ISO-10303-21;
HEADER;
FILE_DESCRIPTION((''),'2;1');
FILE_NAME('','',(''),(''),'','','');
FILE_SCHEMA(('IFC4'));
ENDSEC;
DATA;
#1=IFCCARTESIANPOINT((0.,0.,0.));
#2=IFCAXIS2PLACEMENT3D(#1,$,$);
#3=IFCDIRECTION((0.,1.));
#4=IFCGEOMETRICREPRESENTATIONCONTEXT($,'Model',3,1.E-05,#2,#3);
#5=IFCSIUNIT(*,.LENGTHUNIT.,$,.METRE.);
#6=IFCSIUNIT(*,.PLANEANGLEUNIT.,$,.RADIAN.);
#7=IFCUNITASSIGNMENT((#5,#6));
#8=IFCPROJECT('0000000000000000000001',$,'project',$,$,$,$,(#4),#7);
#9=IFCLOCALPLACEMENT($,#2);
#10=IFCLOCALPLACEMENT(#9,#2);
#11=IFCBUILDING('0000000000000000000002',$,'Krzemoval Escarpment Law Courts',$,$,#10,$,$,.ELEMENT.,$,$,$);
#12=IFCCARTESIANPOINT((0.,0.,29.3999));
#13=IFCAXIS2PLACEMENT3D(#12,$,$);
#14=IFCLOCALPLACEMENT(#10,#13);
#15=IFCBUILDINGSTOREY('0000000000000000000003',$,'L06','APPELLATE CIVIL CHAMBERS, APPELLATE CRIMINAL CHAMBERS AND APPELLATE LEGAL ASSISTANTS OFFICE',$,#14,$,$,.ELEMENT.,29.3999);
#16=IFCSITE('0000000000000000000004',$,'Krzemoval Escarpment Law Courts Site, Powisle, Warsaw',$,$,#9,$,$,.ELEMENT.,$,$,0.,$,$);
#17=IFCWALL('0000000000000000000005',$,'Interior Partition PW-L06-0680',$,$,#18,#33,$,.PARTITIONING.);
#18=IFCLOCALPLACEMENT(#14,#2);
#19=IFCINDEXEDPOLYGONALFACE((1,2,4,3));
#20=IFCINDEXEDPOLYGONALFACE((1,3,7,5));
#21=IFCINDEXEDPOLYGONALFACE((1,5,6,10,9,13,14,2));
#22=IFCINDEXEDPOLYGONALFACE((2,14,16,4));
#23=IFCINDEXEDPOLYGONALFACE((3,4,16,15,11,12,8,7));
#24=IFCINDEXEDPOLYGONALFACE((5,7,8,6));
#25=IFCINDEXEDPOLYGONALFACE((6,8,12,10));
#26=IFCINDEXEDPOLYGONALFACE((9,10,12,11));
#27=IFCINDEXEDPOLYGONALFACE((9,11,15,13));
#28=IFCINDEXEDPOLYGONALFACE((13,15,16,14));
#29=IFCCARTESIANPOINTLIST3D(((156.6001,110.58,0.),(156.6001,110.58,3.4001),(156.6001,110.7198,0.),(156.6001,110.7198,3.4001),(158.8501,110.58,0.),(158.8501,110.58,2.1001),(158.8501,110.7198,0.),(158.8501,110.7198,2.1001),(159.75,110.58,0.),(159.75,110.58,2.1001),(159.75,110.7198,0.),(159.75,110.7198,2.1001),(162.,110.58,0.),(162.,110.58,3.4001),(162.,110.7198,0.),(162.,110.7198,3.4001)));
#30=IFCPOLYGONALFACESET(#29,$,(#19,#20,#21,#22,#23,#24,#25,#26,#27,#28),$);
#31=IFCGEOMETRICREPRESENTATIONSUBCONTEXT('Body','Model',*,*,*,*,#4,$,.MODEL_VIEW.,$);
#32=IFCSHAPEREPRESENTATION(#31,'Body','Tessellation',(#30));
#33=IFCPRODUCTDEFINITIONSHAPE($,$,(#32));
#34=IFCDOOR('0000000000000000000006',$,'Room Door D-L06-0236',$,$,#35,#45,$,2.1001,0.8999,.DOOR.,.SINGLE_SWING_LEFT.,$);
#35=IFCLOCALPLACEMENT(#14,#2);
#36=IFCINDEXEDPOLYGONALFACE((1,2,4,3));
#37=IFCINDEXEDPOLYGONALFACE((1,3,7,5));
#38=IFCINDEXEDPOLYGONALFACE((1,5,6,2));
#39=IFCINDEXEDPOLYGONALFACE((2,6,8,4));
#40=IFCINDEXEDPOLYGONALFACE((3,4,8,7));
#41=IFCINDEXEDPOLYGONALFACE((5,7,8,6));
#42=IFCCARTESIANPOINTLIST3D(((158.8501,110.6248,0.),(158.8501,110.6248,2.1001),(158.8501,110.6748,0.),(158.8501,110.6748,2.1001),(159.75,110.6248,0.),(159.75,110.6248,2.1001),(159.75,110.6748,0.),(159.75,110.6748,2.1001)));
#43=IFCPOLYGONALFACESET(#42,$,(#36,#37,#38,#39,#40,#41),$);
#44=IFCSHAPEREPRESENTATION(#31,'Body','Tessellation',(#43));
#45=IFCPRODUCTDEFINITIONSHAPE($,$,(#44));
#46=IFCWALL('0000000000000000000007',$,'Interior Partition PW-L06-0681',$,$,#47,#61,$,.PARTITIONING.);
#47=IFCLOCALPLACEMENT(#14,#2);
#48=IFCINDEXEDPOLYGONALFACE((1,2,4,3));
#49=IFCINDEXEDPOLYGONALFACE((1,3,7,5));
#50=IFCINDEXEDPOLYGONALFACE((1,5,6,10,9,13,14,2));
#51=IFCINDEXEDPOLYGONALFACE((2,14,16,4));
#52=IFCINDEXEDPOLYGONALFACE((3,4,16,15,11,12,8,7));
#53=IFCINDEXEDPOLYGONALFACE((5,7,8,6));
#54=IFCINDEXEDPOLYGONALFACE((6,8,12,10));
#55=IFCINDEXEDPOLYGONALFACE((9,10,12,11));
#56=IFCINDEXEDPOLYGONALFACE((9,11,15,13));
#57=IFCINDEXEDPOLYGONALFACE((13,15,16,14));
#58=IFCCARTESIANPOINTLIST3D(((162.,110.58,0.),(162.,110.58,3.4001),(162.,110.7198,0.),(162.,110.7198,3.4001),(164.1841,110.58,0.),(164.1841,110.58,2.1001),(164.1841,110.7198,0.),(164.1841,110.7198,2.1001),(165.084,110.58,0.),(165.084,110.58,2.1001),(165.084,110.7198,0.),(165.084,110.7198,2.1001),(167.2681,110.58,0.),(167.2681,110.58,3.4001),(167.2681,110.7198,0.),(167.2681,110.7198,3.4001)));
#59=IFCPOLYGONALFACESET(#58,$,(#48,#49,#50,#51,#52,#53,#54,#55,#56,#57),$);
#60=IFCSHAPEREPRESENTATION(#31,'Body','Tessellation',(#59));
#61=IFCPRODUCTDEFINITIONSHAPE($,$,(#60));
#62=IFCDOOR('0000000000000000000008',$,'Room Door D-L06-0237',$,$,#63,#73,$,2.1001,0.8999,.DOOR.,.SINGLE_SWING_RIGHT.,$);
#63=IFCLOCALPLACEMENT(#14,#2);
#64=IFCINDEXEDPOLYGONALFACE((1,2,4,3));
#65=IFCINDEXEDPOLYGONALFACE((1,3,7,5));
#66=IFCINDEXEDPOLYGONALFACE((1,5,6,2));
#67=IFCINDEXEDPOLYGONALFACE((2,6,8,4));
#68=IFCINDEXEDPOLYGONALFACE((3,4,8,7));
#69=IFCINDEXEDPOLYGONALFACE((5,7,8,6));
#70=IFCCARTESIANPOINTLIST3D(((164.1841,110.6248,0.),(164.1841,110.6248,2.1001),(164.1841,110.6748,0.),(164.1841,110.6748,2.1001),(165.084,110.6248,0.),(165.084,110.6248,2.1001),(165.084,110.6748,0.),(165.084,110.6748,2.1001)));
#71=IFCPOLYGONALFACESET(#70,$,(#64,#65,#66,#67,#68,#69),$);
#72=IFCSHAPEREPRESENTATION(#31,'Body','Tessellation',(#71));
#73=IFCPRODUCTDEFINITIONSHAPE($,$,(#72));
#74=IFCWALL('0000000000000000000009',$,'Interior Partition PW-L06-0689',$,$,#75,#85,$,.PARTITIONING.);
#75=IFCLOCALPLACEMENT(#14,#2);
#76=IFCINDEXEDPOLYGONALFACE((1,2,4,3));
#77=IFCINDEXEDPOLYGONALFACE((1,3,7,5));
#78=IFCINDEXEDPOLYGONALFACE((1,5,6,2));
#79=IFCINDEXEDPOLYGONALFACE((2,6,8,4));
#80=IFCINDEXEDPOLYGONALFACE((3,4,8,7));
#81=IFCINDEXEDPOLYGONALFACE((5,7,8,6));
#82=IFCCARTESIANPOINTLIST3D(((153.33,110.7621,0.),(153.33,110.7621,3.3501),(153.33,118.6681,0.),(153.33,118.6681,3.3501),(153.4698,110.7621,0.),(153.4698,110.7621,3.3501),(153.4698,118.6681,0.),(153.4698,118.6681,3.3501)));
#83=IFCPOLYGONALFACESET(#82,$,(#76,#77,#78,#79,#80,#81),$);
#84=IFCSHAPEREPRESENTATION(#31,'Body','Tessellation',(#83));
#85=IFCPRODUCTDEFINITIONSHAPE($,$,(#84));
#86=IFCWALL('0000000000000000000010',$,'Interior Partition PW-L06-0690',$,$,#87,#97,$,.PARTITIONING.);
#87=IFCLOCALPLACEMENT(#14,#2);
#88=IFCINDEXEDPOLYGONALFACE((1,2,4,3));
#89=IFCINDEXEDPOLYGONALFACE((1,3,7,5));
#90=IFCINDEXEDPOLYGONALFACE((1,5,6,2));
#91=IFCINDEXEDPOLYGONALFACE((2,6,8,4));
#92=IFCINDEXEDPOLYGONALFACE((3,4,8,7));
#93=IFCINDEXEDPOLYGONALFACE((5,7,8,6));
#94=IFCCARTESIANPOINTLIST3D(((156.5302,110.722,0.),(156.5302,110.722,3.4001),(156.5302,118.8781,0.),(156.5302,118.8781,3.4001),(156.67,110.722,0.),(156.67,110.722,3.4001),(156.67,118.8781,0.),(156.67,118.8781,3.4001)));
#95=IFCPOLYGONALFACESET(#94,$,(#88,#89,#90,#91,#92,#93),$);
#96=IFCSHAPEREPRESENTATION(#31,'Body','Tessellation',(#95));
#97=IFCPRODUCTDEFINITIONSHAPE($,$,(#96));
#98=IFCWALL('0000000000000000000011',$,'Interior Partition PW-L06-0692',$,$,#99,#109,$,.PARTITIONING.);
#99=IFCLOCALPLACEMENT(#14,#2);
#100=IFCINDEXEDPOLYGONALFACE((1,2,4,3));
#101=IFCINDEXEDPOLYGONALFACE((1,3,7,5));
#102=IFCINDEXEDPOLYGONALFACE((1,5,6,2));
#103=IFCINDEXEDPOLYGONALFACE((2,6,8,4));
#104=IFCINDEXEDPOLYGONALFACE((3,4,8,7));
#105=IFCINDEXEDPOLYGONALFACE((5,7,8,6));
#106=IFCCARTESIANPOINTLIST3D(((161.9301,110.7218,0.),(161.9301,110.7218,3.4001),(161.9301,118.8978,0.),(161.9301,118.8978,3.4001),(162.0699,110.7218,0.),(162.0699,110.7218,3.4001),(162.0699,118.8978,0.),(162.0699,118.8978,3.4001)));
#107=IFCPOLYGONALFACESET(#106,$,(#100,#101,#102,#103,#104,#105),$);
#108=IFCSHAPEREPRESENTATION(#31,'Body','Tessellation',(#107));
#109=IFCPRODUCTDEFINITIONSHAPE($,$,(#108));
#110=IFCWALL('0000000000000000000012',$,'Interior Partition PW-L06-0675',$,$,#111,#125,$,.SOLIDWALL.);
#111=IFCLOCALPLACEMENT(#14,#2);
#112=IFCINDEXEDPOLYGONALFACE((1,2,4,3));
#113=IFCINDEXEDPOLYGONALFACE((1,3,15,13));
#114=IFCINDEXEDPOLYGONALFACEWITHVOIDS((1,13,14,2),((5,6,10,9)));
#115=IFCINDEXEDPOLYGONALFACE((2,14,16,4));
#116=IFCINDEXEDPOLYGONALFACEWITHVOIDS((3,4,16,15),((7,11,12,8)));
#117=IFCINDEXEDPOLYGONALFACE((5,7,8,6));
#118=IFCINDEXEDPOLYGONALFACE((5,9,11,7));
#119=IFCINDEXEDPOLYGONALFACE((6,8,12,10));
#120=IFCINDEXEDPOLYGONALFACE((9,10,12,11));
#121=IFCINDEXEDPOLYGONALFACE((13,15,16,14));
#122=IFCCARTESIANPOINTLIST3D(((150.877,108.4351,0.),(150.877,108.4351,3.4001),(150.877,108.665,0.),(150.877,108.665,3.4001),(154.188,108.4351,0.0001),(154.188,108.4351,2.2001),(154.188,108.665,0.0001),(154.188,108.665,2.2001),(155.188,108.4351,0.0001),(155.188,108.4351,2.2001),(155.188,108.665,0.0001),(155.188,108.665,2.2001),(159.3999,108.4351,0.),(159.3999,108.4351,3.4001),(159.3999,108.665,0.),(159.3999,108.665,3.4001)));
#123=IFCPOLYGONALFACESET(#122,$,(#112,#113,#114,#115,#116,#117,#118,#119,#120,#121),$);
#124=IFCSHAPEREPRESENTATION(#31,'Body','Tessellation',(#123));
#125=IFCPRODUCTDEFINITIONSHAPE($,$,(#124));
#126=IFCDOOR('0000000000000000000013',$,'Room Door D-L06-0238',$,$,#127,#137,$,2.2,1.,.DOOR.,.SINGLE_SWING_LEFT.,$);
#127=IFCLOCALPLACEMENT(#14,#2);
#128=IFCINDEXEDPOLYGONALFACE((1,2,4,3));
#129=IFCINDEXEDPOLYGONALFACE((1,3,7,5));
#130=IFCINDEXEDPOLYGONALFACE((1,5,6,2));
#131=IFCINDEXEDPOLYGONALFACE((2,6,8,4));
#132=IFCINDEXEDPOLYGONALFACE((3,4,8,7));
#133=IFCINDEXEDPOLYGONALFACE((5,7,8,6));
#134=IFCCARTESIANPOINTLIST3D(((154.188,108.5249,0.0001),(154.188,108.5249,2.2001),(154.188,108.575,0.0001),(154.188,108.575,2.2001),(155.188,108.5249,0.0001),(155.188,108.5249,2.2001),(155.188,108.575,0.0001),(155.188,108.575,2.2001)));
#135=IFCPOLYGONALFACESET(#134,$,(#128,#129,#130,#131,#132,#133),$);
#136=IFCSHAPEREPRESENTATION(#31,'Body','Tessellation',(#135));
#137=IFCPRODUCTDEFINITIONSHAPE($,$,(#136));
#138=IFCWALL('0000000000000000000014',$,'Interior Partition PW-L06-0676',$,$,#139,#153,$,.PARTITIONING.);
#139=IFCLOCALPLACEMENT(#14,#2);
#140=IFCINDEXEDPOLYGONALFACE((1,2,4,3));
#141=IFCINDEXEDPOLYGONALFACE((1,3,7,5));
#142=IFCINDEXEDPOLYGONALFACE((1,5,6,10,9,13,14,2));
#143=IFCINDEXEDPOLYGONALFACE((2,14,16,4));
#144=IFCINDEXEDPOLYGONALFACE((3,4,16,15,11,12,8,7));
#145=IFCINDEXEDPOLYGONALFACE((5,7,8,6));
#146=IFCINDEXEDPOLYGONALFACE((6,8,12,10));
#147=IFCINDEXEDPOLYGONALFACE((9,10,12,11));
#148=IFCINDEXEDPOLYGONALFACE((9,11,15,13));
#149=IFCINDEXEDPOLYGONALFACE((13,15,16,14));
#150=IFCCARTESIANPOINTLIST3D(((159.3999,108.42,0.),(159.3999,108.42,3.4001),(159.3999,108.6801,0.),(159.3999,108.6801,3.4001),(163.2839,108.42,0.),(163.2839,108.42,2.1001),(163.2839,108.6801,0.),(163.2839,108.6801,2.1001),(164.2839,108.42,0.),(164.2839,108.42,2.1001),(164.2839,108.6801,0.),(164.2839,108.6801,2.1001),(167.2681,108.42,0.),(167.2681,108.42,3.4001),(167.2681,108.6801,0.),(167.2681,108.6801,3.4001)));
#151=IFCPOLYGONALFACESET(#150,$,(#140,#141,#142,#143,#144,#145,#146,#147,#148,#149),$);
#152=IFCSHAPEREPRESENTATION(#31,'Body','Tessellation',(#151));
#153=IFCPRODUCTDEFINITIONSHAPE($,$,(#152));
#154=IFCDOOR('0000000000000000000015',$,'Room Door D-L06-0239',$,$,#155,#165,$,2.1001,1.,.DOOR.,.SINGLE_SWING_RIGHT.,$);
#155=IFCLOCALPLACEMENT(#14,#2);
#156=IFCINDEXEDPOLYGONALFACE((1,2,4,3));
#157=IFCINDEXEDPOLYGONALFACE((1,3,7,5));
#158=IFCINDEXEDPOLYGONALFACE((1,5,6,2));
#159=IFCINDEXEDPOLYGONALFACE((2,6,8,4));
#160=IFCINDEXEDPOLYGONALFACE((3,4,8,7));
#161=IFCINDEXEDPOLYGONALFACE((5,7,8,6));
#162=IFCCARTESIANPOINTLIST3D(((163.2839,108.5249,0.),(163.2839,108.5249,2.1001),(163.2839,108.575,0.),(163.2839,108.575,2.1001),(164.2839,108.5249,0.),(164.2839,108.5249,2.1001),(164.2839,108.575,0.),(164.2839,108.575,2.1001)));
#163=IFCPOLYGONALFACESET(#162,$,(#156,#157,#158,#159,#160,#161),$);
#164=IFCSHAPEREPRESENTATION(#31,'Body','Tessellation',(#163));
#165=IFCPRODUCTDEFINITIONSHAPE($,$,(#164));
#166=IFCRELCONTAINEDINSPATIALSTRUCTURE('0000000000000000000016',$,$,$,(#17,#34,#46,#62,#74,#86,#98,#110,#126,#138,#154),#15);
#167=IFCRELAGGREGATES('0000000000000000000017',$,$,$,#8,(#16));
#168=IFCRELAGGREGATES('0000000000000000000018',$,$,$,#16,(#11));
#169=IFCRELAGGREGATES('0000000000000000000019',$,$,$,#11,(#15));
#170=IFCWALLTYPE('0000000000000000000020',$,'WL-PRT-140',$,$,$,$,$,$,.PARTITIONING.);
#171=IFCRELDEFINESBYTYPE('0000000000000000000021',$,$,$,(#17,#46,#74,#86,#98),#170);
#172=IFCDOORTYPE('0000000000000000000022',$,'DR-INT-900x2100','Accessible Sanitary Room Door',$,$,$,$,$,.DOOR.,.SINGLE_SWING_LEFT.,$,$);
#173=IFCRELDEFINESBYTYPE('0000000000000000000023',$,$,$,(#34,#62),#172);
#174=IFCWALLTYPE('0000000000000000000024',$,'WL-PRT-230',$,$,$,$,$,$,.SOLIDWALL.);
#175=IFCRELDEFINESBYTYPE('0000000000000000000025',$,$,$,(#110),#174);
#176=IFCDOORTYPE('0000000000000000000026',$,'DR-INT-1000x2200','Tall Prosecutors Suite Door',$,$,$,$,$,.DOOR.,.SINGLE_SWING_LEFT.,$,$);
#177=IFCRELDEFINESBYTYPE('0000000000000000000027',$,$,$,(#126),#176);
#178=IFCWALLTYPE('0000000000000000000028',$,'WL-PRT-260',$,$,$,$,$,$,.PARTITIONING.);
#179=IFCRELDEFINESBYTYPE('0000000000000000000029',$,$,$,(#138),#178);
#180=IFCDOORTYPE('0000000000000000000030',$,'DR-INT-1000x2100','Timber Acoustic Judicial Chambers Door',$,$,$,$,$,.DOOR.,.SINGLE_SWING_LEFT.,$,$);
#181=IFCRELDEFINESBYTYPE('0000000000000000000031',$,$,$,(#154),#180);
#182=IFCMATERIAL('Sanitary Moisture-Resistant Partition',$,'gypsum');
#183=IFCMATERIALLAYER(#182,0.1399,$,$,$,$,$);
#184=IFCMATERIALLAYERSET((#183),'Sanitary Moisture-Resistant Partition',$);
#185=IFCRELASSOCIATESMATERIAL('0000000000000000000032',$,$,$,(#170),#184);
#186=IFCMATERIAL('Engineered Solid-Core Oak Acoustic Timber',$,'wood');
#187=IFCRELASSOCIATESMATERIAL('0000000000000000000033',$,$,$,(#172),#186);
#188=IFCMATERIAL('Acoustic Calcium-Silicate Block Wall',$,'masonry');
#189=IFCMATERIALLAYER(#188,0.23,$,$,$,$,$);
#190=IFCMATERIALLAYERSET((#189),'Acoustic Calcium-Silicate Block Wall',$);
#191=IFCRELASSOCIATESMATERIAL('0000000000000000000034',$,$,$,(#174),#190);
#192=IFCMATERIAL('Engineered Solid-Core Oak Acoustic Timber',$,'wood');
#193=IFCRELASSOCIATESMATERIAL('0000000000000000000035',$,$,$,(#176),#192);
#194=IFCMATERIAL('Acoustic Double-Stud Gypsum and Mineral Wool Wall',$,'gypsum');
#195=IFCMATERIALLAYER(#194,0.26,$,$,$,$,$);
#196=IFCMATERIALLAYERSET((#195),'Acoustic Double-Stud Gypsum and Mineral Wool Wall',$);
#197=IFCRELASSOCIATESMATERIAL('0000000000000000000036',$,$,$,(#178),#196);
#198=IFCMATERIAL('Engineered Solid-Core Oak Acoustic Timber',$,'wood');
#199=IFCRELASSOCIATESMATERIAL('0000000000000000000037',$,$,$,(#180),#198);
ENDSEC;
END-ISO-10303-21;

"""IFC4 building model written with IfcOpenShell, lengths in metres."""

from ifc_helpers import new_model, si_unit, direction, frame, frame_2d, origin, place, context, subcontext, project, spatial, rectangle, extrude, material, layer, layer_set, type_object, element, fill, save


model = new_model("IFC4")

# Units and contexts
model_context = context("Model", 3, precision=1e-05, world=origin(), true_north=direction((0.0, 1.0)))
body_context = subcontext(model_context, "Body", "Model", "MODEL_VIEW")
ifc_project = project(units=[si_unit("LENGTHUNIT", "METRE"), si_unit("PLANEANGLEUNIT", "RADIAN")], contexts=[model_context])

# Site, building, storey
site_placement = place(None, origin())
site = spatial("IfcSite", under=ifc_project, at=site_placement, Name="Krzemoval Escarpment Law Courts Site, Powisle, Warsaw", CompositionType="ELEMENT", RefElevation=0.0)
building_placement = place(site_placement, origin())
building = spatial("IfcBuilding", under=site, at=building_placement, Name="Krzemoval Escarpment Law Courts", CompositionType="ELEMENT")
storey_placement = place(building_placement, frame((0.0, 0.0, 29.3999)))
storey = spatial("IfcBuildingStorey", under=building, at=storey_placement, Name="L06", Description="APPELLATE CIVIL CHAMBERS, APPELLATE CRIMINAL CHAMBERS AND APPELLATE LEGAL ASSISTANTS OFFICE", CompositionType="ELEMENT", Elevation=29.3999)

# Walls, openings, doors
ifc_material_1 = material(Name="Sanitary Moisture-Resistant Partition", Category="gypsum")
ifc_layer_1 = layer(ifc_material_1, 0.1399)
ifc_layer_set_1 = layer_set([ifc_layer_1], Name="Sanitary Moisture-Resistant Partition")
wall_type_1 = type_object("IfcWallType", Name="WL-PRT-140", PredefinedType="PARTITIONING", material=ifc_layer_set_1)
ifc_material_2 = material(Name="Engineered Solid-Core Oak Acoustic Timber", Category="wood")
door_type_1 = type_object("IfcDoorType", Name="DR-INT-900x2100", Description="Accessible Sanitary Room Door", OperationType="SINGLE_SWING_LEFT", PredefinedType="DOOR", material=ifc_material_2)
wall_1_placement = place(storey_placement, frame((156.6001, 110.6499, 0.0), z_axis=(0.0, 0.0, 1.0), x_axis=(1.0, 0.0, 0.0)))
wall_1 = element("IfcWall", 1, at=wall_1_placement, inside=storey, type_object=wall_type_1, Name="Interior Partition PW-L06-0680", PredefinedType="PARTITIONING", context=body_context, shape_type="SweptSolid", body=[
    extrude(rectangle(XDim=5.3999, YDim=0.1399, at=frame_2d((2.7, 0.0))), origin(), (0.0, 0.0, 1.0), 3.4001),
])
opening_1_placement = place(wall_1_placement, frame((2.25, 0.0, 0.0)))
opening_1 = element("IfcOpeningElement", 2, at=opening_1_placement, cuts=wall_1, PredefinedType="OPENING", context=body_context, shape_type="SweptSolid", body=[
    extrude(rectangle(XDim=0.8999, YDim=2.1001, at=frame_2d((0.45, 1.05))), frame((0.0, 0.0849, 0.0), z_axis=(0.0, -1.0, 0.0), x_axis=(1.0, 0.0, 0.0)), (0.0, 0.0, 1.0), 0.1699),
])
door_1_placement = place(opening_1_placement, origin())
door_1 = element("IfcDoor", 3, at=door_1_placement, inside=storey, type_object=door_type_1, Name="Room Door D-L06-0236", OperationType="SINGLE_SWING_LEFT", OverallHeight=2.1001, OverallWidth=0.8999, PredefinedType="DOOR", context=body_context, shape_type="SweptSolid", body=[
    extrude(rectangle(XDim=0.8999, YDim=2.1001, at=frame_2d((0.45, 1.05))), frame((0.0, 0.0249, 0.0), z_axis=(0.0, -1.0, 0.0), x_axis=(1.0, 0.0, 0.0)), (0.0, 0.0, 1.0), 0.05),
])
fill(opening_1, door_1)
wall_2_placement = place(storey_placement, frame((162.0, 110.6499, 0.0), z_axis=(0.0, 0.0, 1.0), x_axis=(1.0, 0.0, 0.0)))
wall_2 = element("IfcWall", 4, at=wall_2_placement, inside=storey, type_object=wall_type_1, Name="Interior Partition PW-L06-0681", PredefinedType="PARTITIONING", context=body_context, shape_type="SweptSolid", body=[
    extrude(rectangle(XDim=5.2681, YDim=0.1399, at=frame_2d((2.634, 0.0))), origin(), (0.0, 0.0, 1.0), 3.4001),
])
opening_2_placement = place(wall_2_placement, frame((2.1841, 0.0, 0.0)))
opening_2 = element("IfcOpeningElement", 5, at=opening_2_placement, cuts=wall_2, PredefinedType="OPENING", context=body_context, shape_type="SweptSolid", body=[
    extrude(rectangle(XDim=0.8999, YDim=2.1001, at=frame_2d((0.45, 1.05))), frame((0.0, 0.0849, 0.0), z_axis=(0.0, -1.0, 0.0), x_axis=(1.0, 0.0, 0.0)), (0.0, 0.0, 1.0), 0.1699),
])
door_2_placement = place(opening_2_placement, origin())
door_2 = element("IfcDoor", 6, at=door_2_placement, inside=storey, type_object=door_type_1, Name="Room Door D-L06-0237", OperationType="SINGLE_SWING_RIGHT", OverallHeight=2.1001, OverallWidth=0.8999, PredefinedType="DOOR", context=body_context, shape_type="SweptSolid", body=[
    extrude(rectangle(XDim=0.8999, YDim=2.1001, at=frame_2d((0.45, 1.05))), frame((0.0, 0.0249, 0.0), z_axis=(0.0, -1.0, 0.0), x_axis=(1.0, 0.0, 0.0)), (0.0, 0.0, 1.0), 0.05),
])
fill(opening_2, door_2)

# Walls
wall_3_placement = place(storey_placement, frame((153.3999, 110.762, 0.0), z_axis=(0.0, 0.0, 1.0), x_axis=(0.0, 1.0, 0.0)))
element("IfcWall", 7, at=wall_3_placement, inside=storey, type_object=wall_type_1, Name="Interior Partition PW-L06-0689", PredefinedType="PARTITIONING", context=body_context, shape_type="SweptSolid", body=[
    extrude(rectangle(XDim=7.906, YDim=0.1399, at=frame_2d((3.9531, 0.0))), origin(), (0.0, 0.0, 1.0), 3.3501),
])
wall_4_placement = place(storey_placement, frame((156.6001, 110.7219, 0.0), z_axis=(0.0, 0.0, 1.0), x_axis=(0.0, 1.0, 0.0)))
element("IfcWall", 8, at=wall_4_placement, inside=storey, type_object=wall_type_1, Name="Interior Partition PW-L06-0690", PredefinedType="PARTITIONING", context=body_context, shape_type="SweptSolid", body=[
    extrude(rectangle(XDim=8.156, YDim=0.1399, at=frame_2d((4.0781, 0.0))), origin(), (0.0, 0.0, 1.0), 3.4001),
])
wall_5_placement = place(storey_placement, frame((162.0, 110.7219, 0.0), z_axis=(0.0, 0.0, 1.0), x_axis=(0.0, 1.0, 0.0)))
element("IfcWall", 9, at=wall_5_placement, inside=storey, type_object=wall_type_1, Name="Interior Partition PW-L06-0692", PredefinedType="PARTITIONING", context=body_context, shape_type="SweptSolid", body=[
    extrude(rectangle(XDim=8.176, YDim=0.1399, at=frame_2d((4.0879, 0.0))), origin(), (0.0, 0.0, 1.0), 3.4001),
])

# Walls, openings, doors
ifc_material_3 = material(Name="Acoustic Calcium-Silicate Block Wall", Category="masonry")
ifc_layer_2 = layer(ifc_material_3, 0.23)
ifc_layer_set_2 = layer_set([ifc_layer_2], Name="Acoustic Calcium-Silicate Block Wall")
wall_type_2 = type_object("IfcWallType", Name="WL-PRT-230", PredefinedType="SOLIDWALL", material=ifc_layer_set_2)
wall_6_placement = place(storey_placement, frame((150.877, 108.55, 0.0), z_axis=(0.0, 0.0, 1.0), x_axis=(1.0, 0.0, 0.0)))
wall_6 = element("IfcWall", 10, at=wall_6_placement, inside=storey, type_object=wall_type_2, Name="Interior Partition PW-L06-0675", PredefinedType="SOLIDWALL", context=body_context, shape_type="SweptSolid", body=[
    extrude(rectangle(XDim=8.5229, YDim=0.23, at=frame_2d((4.2615, 0.0))), origin(), (0.0, 0.0, 1.0), 3.4001),
])
opening_3_placement = place(wall_6_placement, frame((3.311, 0.0, 0.0)))
opening_3 = element("IfcOpeningElement", 11, at=opening_3_placement, cuts=wall_6, PredefinedType="OPENING", context=body_context, shape_type="SweptSolid", body=[
    extrude(rectangle(XDim=1.0, YDim=2.2, at=frame_2d((0.5, 1.1001))), frame((0.0, 0.13, 0.0), z_axis=(0.0, -1.0, 0.0), x_axis=(1.0, 0.0, 0.0)), (0.0, 0.0, 1.0), 0.26),
])
ifc_material_4 = material(Name="Engineered Solid-Core Oak Acoustic Timber", Category="wood")
door_type_2 = type_object("IfcDoorType", Name="DR-INT-1000x2200", Description="Tall Prosecutors Suite Door", OperationType="SINGLE_SWING_LEFT", PredefinedType="DOOR", material=ifc_material_4)
door_3_placement = place(opening_3_placement, origin())
door_3 = element("IfcDoor", 12, at=door_3_placement, inside=storey, type_object=door_type_2, Name="Room Door D-L06-0238", OperationType="SINGLE_SWING_LEFT", OverallHeight=2.2, OverallWidth=1.0, PredefinedType="DOOR", context=body_context, shape_type="SweptSolid", body=[
    extrude(rectangle(XDim=1.0, YDim=2.2, at=frame_2d((0.5, 1.1001))), frame((0.0, 0.0249, 0.0), z_axis=(0.0, -1.0, 0.0), x_axis=(1.0, 0.0, 0.0)), (0.0, 0.0, 1.0), 0.05),
])
fill(opening_3, door_3)
ifc_material_5 = material(Name="Acoustic Double-Stud Gypsum and Mineral Wool Wall", Category="gypsum")
ifc_layer_3 = layer(ifc_material_5, 0.26)
ifc_layer_set_3 = layer_set([ifc_layer_3], Name="Acoustic Double-Stud Gypsum and Mineral Wool Wall")
wall_type_3 = type_object("IfcWallType", Name="WL-PRT-260", PredefinedType="PARTITIONING", material=ifc_layer_set_3)
wall_7_placement = place(storey_placement, frame((159.3999, 108.55, 0.0), z_axis=(0.0, 0.0, 1.0), x_axis=(1.0, 0.0, 0.0)))
wall_7 = element("IfcWall", 13, at=wall_7_placement, inside=storey, type_object=wall_type_3, Name="Interior Partition PW-L06-0676", PredefinedType="PARTITIONING", context=body_context, shape_type="SweptSolid", body=[
    extrude(rectangle(XDim=7.8682, YDim=0.26, at=frame_2d((3.9341, 0.0))), origin(), (0.0, 0.0, 1.0), 3.4001),
])
opening_4_placement = place(wall_7_placement, frame((3.884, 0.0, 0.0)))
opening_4 = element("IfcOpeningElement", 14, at=opening_4_placement, cuts=wall_7, PredefinedType="OPENING", context=body_context, shape_type="SweptSolid", body=[
    extrude(rectangle(XDim=1.0, YDim=2.1001, at=frame_2d((0.5, 1.05))), frame((0.0, 0.145, 0.0), z_axis=(0.0, -1.0, 0.0), x_axis=(1.0, 0.0, 0.0)), (0.0, 0.0, 1.0), 0.29),
])
ifc_material_6 = material(Name="Engineered Solid-Core Oak Acoustic Timber", Category="wood")
door_type_3 = type_object("IfcDoorType", Name="DR-INT-1000x2100", Description="Timber Acoustic Judicial Chambers Door", OperationType="SINGLE_SWING_LEFT", PredefinedType="DOOR", material=ifc_material_6)
door_4_placement = place(opening_4_placement, origin())
door_4 = element("IfcDoor", 15, at=door_4_placement, inside=storey, type_object=door_type_3, Name="Room Door D-L06-0239", OperationType="SINGLE_SWING_RIGHT", OverallHeight=2.1001, OverallWidth=1.0, PredefinedType="DOOR", context=body_context, shape_type="SweptSolid", body=[
    extrude(rectangle(XDim=1.0, YDim=2.1001, at=frame_2d((0.5, 1.05))), frame((0.0, 0.0249, 0.0), z_axis=(0.0, -1.0, 0.0), x_axis=(1.0, 0.0, 0.0)), (0.0, 0.0, 1.0), 0.05),
])
fill(opening_4, door_4)

save(model, "model.ifc")
